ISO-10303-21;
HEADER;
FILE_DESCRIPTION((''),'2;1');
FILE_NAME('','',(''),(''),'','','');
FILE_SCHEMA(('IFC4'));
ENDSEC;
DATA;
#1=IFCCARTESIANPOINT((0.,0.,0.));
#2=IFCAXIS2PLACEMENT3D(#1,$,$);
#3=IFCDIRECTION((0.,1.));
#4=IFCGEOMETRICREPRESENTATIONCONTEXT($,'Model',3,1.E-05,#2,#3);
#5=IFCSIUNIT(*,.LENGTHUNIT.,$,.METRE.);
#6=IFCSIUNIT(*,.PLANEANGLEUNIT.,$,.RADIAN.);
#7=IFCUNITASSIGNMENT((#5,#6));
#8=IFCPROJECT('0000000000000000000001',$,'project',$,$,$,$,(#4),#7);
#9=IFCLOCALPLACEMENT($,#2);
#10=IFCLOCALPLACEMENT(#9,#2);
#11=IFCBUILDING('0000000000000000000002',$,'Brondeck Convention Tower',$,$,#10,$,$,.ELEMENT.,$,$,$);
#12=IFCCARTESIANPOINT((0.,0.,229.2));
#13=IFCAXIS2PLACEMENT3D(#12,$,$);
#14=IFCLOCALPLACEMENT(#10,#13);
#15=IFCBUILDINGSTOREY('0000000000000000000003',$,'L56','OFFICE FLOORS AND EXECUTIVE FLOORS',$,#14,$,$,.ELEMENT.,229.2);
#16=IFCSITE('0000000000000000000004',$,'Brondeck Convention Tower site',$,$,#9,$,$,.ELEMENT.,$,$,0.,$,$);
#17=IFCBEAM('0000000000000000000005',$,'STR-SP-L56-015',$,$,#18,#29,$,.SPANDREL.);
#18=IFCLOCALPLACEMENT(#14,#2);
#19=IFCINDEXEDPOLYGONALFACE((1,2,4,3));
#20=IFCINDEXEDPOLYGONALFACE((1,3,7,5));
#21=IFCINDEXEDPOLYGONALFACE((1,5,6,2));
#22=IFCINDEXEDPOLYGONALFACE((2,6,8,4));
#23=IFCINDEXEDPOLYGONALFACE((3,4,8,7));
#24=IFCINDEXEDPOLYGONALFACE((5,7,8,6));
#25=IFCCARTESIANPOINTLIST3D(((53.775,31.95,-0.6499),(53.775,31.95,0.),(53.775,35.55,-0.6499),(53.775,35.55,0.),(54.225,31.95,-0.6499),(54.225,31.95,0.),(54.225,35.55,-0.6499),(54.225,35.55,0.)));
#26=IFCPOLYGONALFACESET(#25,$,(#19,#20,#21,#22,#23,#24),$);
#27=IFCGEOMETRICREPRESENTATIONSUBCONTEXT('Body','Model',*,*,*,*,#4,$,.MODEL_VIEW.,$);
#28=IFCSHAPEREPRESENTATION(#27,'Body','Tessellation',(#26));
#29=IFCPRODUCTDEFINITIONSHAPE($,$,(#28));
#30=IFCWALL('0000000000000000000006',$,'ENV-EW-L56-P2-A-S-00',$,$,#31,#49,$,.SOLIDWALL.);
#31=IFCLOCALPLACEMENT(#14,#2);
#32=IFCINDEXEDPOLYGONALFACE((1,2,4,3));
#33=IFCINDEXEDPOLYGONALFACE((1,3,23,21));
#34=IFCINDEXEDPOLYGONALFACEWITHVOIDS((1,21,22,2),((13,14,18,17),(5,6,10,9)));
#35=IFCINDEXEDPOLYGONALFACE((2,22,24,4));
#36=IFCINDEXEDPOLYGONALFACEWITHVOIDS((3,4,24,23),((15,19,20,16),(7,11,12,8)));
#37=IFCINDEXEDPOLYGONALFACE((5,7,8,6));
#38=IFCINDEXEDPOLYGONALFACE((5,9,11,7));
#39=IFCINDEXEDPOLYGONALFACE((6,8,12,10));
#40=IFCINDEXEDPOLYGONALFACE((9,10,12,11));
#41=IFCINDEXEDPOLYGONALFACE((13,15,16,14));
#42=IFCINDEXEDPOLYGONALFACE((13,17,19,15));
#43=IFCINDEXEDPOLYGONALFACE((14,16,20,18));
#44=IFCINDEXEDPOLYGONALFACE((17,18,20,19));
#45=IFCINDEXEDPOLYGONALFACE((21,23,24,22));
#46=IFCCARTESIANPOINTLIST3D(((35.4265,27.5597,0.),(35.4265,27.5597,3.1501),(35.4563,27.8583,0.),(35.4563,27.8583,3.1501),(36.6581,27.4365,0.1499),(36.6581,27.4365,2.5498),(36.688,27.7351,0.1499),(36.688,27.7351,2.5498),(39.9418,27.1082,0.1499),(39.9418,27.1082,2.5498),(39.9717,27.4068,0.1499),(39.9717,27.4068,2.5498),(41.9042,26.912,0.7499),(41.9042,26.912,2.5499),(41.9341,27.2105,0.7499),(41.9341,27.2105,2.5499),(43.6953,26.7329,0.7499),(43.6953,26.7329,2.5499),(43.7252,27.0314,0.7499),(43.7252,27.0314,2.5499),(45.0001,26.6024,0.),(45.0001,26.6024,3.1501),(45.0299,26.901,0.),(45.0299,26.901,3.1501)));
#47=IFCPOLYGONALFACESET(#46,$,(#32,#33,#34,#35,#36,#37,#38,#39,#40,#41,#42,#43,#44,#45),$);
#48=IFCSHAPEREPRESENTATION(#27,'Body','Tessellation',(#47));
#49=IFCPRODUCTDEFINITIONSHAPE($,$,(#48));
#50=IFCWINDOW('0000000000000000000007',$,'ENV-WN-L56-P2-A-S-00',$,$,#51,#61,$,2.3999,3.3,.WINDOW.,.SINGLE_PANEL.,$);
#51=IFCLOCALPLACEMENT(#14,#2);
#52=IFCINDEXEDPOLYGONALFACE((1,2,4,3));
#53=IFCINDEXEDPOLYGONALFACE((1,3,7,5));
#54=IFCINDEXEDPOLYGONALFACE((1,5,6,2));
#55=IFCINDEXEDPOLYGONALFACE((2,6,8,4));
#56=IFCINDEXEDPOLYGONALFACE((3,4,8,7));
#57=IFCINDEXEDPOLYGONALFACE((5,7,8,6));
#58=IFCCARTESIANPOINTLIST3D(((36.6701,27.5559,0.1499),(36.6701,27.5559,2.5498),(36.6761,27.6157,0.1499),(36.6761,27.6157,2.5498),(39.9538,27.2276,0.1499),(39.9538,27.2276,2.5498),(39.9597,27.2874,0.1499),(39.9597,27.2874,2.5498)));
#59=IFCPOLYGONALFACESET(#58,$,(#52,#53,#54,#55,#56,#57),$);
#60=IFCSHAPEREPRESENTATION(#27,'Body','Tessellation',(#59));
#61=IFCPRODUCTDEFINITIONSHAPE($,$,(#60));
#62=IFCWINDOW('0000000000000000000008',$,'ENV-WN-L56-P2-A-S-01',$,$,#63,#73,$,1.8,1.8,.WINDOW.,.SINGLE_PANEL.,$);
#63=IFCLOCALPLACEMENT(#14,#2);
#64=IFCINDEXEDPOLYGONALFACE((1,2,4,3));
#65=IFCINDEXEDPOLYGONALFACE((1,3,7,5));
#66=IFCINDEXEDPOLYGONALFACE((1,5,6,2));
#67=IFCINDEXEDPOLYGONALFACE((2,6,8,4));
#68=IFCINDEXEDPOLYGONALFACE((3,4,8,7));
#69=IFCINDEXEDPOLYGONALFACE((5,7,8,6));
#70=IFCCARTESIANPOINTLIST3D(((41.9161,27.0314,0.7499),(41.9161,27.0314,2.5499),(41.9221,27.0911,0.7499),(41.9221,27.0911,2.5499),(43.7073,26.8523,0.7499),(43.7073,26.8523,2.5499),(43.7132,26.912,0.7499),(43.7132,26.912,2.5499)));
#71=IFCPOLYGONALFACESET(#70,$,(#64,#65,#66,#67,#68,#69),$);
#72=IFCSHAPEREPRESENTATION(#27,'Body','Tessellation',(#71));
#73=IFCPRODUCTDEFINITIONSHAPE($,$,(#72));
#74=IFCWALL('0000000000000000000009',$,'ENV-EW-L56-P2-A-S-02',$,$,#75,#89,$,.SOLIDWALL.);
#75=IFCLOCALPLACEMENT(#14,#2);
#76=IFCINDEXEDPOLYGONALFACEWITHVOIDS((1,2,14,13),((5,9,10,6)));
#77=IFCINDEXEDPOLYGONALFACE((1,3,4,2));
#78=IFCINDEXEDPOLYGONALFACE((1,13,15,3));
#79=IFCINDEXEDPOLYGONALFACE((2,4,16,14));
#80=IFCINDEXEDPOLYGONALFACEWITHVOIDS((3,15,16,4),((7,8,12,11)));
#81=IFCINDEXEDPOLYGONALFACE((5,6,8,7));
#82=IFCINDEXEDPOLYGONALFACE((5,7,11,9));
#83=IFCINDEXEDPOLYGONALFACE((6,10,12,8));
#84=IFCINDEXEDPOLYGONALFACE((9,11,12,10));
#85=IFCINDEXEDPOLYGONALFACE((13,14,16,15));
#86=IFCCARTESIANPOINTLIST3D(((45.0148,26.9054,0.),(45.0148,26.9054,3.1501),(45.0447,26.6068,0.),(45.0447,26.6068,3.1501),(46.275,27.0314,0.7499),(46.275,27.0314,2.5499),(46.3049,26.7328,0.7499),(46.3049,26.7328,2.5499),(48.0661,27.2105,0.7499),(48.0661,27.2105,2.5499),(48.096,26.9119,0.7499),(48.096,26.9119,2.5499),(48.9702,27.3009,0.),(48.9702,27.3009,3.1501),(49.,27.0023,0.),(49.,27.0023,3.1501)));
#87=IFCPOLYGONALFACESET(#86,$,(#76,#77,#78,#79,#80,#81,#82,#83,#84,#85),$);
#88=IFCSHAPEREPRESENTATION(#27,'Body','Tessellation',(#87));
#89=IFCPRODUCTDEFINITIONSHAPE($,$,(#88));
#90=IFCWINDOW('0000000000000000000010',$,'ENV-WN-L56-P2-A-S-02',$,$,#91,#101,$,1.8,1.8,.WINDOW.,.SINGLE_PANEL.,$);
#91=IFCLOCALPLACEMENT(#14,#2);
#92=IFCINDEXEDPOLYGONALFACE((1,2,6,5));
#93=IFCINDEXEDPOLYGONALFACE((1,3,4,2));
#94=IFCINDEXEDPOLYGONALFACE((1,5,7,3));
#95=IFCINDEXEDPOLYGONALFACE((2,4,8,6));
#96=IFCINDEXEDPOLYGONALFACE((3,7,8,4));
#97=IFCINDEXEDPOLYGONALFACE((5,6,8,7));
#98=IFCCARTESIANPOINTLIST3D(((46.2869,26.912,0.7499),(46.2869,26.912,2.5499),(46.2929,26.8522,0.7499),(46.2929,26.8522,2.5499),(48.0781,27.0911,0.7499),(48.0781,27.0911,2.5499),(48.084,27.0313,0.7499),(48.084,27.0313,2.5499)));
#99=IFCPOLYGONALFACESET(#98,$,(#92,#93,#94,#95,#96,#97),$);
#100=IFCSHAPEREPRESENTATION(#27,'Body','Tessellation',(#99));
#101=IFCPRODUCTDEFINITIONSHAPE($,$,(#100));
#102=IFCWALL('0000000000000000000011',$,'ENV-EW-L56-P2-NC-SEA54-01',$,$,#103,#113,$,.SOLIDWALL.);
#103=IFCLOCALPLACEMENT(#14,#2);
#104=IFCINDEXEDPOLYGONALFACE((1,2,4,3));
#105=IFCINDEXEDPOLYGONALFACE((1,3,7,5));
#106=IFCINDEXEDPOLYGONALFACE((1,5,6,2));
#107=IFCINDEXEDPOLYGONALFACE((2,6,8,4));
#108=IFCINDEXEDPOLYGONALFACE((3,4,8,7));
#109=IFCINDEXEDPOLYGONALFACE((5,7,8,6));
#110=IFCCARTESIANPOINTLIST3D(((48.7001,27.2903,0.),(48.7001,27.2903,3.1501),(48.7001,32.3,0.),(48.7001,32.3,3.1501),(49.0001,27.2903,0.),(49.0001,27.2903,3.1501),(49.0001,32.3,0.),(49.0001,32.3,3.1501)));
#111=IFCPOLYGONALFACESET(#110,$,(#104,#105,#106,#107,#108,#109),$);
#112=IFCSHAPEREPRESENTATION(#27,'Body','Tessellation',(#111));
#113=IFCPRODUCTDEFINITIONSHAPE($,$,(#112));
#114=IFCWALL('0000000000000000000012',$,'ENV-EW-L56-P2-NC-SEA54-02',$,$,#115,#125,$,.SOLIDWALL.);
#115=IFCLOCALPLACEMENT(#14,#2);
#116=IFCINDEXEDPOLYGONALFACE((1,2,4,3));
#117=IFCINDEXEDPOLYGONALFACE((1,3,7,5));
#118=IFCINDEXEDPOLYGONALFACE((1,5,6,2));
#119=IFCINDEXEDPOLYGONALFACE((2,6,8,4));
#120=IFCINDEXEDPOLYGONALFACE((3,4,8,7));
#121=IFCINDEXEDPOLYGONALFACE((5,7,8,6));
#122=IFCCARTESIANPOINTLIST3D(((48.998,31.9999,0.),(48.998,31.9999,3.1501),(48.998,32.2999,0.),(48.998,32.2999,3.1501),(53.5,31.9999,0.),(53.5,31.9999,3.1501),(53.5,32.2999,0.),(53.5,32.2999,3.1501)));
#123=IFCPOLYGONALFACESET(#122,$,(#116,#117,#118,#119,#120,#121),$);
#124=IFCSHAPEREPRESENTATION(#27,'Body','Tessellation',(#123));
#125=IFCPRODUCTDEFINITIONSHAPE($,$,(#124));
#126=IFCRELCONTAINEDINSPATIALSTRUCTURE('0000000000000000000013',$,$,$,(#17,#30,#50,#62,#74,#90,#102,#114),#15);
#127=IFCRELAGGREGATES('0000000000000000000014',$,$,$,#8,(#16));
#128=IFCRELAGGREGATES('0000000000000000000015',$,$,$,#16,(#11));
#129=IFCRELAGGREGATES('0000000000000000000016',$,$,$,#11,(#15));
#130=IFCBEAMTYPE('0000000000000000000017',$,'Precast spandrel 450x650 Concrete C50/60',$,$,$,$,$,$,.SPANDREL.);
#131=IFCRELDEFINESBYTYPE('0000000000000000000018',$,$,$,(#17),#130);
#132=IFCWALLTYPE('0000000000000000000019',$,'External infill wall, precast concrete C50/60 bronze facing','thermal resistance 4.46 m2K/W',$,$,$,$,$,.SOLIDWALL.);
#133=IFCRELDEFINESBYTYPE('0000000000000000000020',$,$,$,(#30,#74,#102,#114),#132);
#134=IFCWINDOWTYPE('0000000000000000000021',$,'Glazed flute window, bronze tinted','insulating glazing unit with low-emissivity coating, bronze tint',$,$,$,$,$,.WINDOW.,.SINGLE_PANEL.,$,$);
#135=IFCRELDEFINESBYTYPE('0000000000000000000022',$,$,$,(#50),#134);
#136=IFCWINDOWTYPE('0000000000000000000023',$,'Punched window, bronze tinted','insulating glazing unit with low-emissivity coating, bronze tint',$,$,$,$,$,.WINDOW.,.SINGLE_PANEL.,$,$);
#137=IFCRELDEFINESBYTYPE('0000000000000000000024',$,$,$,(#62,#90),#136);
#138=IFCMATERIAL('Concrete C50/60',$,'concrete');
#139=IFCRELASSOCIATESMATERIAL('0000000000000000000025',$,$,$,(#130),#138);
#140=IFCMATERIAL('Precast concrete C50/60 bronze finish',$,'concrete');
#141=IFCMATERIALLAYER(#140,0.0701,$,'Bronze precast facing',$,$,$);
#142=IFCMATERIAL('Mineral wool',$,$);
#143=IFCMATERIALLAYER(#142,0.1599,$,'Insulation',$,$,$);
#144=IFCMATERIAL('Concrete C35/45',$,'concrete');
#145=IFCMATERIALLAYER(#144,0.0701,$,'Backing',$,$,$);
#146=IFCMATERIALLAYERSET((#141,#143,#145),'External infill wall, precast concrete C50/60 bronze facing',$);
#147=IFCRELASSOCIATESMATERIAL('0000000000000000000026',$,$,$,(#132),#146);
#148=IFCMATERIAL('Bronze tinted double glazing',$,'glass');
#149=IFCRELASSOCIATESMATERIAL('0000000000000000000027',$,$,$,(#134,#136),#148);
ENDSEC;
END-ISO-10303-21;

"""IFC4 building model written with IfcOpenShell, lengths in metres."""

from ifc_helpers import new_model, si_unit, direction, frame, frame_2d, origin, origin_2d, place, context, subcontext, project, spatial, rectangle, extrude, material, layer, layer_set, material_profile, profile_set, type_object, element, fill, save


model = new_model("IFC4")

# Units and contexts
model_context = context("Model", 3, precision=1e-05, world=origin(), true_north=direction((0.0, 1.0)))
body_context = subcontext(model_context, "Body", "Model", "MODEL_VIEW")
ifc_project = project(units=[si_unit("LENGTHUNIT", "METRE"), si_unit("PLANEANGLEUNIT", "RADIAN")], contexts=[model_context])

# Site, building, storey
site_placement = place(None, origin())
site = spatial("IfcSite", under=ifc_project, at=site_placement, Name="Brondeck Convention Tower site", CompositionType="ELEMENT", RefElevation=0.0)
building_placement = place(site_placement, origin())
building = spatial("IfcBuilding", under=site, at=building_placement, Name="Brondeck Convention Tower", CompositionType="ELEMENT")
storey_placement = place(building_placement, frame((0.0, 0.0, 229.2)))
storey = spatial("IfcBuildingStorey", under=building, at=storey_placement, Name="L56", Description="OFFICE FLOORS AND EXECUTIVE FLOORS", CompositionType="ELEMENT", Elevation=229.2)

# Shared definitions
ifc_material_1 = material(Name="Concrete C50/60", Category="concrete")

# Beam
ifc_material_profile_1 = material_profile(ifc_material_1, rectangle(XDim=0.45, YDim=0.6499, at=origin_2d()), Name="Precast spandrel 450x650 Concrete C50/60")
ifc_profile_set_1 = profile_set([ifc_material_profile_1], Name="Concrete C50/60")
beam_type_1 = type_object("IfcBeamType", Name="Precast spandrel 450x650 Concrete C50/60", PredefinedType="SPANDREL", material=ifc_profile_set_1)
beam_1_placement = place(storey_placement, frame((54.0, 31.95, -0.325), z_axis=(0.0, 1.0, 0.0), x_axis=(-1.0, 0.0, 0.0)))
element("IfcBeam", 1, at=beam_1_placement, inside=storey, type_object=beam_type_1, Name="STR-SP-L56-015", PredefinedType="SPANDREL", context=body_context, shape_type="SweptSolid", body=[
    extrude(rectangle(XDim=0.45, YDim=0.6499, at=origin_2d()), origin(), (0.0, 0.0, 1.0), 3.6001),
])

# Wall, openings, windows
ifc_material_2 = material(Name="Precast concrete C50/60 bronze finish", Category="concrete")
ifc_layer_1 = layer(ifc_material_2, 0.0701, Name="Bronze precast facing")
ifc_material_3 = material(Name="Mineral wool")
ifc_layer_2 = layer(ifc_material_3, 0.1599, Name="Insulation")
ifc_material_4 = material(Name="Concrete C35/45", Category="concrete")
ifc_layer_3 = layer(ifc_material_4, 0.0701, Name="Backing")
ifc_layer_set = layer_set([ifc_layer_1, ifc_layer_2, ifc_layer_3], Name="External infill wall, precast concrete C50/60 bronze facing")
wall_type = type_object("IfcWallType", Name="External infill wall, precast concrete C50/60 bronze facing", Description="thermal resistance 4.46 m2K/W", PredefinedType="SOLIDWALL", material=ifc_layer_set)
wall_1_placement = place(storey_placement, frame((45.0149, 26.7517, 0.0), z_axis=(0.0, 0.0, 1.0), x_axis=(-0.995038, 0.099496, 0.0)))
wall_1 = element("IfcWall", 2, at=wall_1_placement, inside=storey, type_object=wall_type, Name="ENV-EW-L56-P2-A-S-00", PredefinedType="SOLIDWALL", context=body_context, shape_type="SweptSolid", body=[
    extrude(rectangle(XDim=9.6213, YDim=0.3, at=frame_2d((4.8105, 0.0))), origin(), (0.0, 0.0, 1.0), 3.1501),
])
opening_1_placement = place(wall_1_placement, frame((1.3113, 0.0, 0.75)))
opening_1 = element("IfcOpeningElement", 3, at=opening_1_placement, cuts=wall_1, PredefinedType="OPENING", context=body_context, shape_type="SweptSolid", body=[
    extrude(rectangle(XDim=1.8, YDim=1.8, at=frame_2d((0.8999, 0.8999))), frame((0.0, 0.1599, 0.0), z_axis=(0.0, -1.0, 0.0), x_axis=(1.0, 0.0, 0.0)), (0.0, 0.0, 1.0), 0.3201),
])
opening_2_placement = place(wall_1_placement, frame((5.0835, 0.0, 0.1499)))
opening_2 = element("IfcOpeningElement", 4, at=opening_2_placement, cuts=wall_1, PredefinedType="OPENING", context=body_context, shape_type="SweptSolid", body=[
    extrude(rectangle(XDim=3.3, YDim=2.3999, at=frame_2d((1.6499, 1.2))), frame((0.0, 0.1599, 0.0), z_axis=(0.0, -1.0, 0.0), x_axis=(1.0, 0.0, 0.0)), (0.0, 0.0, 1.0), 0.3201),
])
ifc_material_5 = material(Name="Bronze tinted double glazing", Category="glass")
window_type_1 = type_object("IfcWindowType", Name="Glazed flute window, bronze tinted", Description="insulating glazing unit with low-emissivity coating, bronze tint", PartitioningType="SINGLE_PANEL", PredefinedType="WINDOW", material=ifc_material_5)
window_1_placement = place(opening_2_placement, origin())
window_1 = element("IfcWindow", 5, at=window_1_placement, inside=storey, type_object=window_type_1, Name="ENV-WN-L56-P2-A-S-00", OverallHeight=2.3999, OverallWidth=3.3, PartitioningType="SINGLE_PANEL", PredefinedType="WINDOW", context=body_context, shape_type="SweptSolid", body=[
    extrude(rectangle(XDim=3.3, YDim=2.3999, at=frame_2d((1.6499, 1.2))), frame((0.0, 0.03, 0.0), z_axis=(0.0, -1.0, 0.0), x_axis=(1.0, 0.0, 0.0)), (0.0, 0.0, 1.0), 0.0601),
])
fill(opening_2, window_1)
window_type_2 = type_object("IfcWindowType", Name="Punched window, bronze tinted", Description="insulating glazing unit with low-emissivity coating, bronze tint", PartitioningType="SINGLE_PANEL", PredefinedType="WINDOW", material=ifc_material_5)
window_2_placement = place(opening_1_placement, origin())
window_2 = element("IfcWindow", 6, at=window_2_placement, inside=storey, type_object=window_type_2, Name="ENV-WN-L56-P2-A-S-01", OverallHeight=1.8, OverallWidth=1.8, PartitioningType="SINGLE_PANEL", PredefinedType="WINDOW", context=body_context, shape_type="SweptSolid", body=[
    extrude(rectangle(XDim=1.8, YDim=1.8, at=frame_2d((0.8999, 0.8999))), frame((0.0, 0.03, 0.0), z_axis=(0.0, -1.0, 0.0), x_axis=(1.0, 0.0, 0.0)), (0.0, 0.0, 1.0), 0.0601),
])
fill(opening_1, window_2)

# Wall, opening, window
wall_2_placement = place(storey_placement, frame((48.9851, 27.1516, 0.0), z_axis=(0.0, 0.0, 1.0), x_axis=(-0.995038, -0.099498, 0.0)))
wall_2 = element("IfcWall", 7, at=wall_2_placement, inside=storey, type_object=wall_type, Name="ENV-EW-L56-P2-A-S-02", PredefinedType="SOLIDWALL", context=body_context, shape_type="SweptSolid", body=[
    extrude(rectangle(XDim=3.9751, YDim=0.3, at=frame_2d((1.9875, 0.0))), origin(), (0.0, 0.0, 1.0), 3.1501),
])
opening_3_placement = place(wall_2_placement, frame((0.9087, 0.0, 0.75)))
opening_3 = element("IfcOpeningElement", 8, at=opening_3_placement, cuts=wall_2, PredefinedType="OPENING", context=body_context, shape_type="SweptSolid", body=[
    extrude(rectangle(XDim=1.8, YDim=1.8, at=frame_2d((0.8999, 0.8999))), frame((0.0, 0.1599, 0.0), z_axis=(0.0, -1.0, 0.0), x_axis=(1.0, 0.0, 0.0)), (0.0, 0.0, 1.0), 0.3201),
])
window_3_placement = place(opening_3_placement, origin())
window_3 = element("IfcWindow", 9, at=window_3_placement, inside=storey, type_object=window_type_2, Name="ENV-WN-L56-P2-A-S-02", OverallHeight=1.8, OverallWidth=1.8, PartitioningType="SINGLE_PANEL", PredefinedType="WINDOW", context=body_context, shape_type="SweptSolid", body=[
    extrude(rectangle(XDim=1.8, YDim=1.8, at=frame_2d((0.8999, 0.8999))), frame((0.0, 0.03, 0.0), z_axis=(0.0, -1.0, 0.0), x_axis=(1.0, 0.0, 0.0)), (0.0, 0.0, 1.0), 0.0601),
])
fill(opening_3, window_3)

# Walls
wall_3_placement = place(storey_placement, frame((48.8501, 32.3, 0.0), z_axis=(0.0, 0.0, 1.0), x_axis=(0.0, -1.0, 0.0)))
element("IfcWall", 10, at=wall_3_placement, inside=storey, type_object=wall_type, Name="ENV-EW-L56-P2-NC-SEA54-01", PredefinedType="SOLIDWALL", context=body_context, shape_type="SweptSolid", body=[
    extrude(rectangle(XDim=5.0098, YDim=0.3, at=frame_2d((2.5049, 0.0))), origin(), (0.0, 0.0, 1.0), 3.1501),
])
wall_4_placement = place(storey_placement, frame((53.5, 32.1499, 0.0), z_axis=(0.0, 0.0, 1.0), x_axis=(-1.0, 0.0, 0.0)))
element("IfcWall", 11, at=wall_4_placement, inside=storey, type_object=wall_type, Name="ENV-EW-L56-P2-NC-SEA54-02", PredefinedType="SOLIDWALL", context=body_context, shape_type="SweptSolid", body=[
    extrude(rectangle(XDim=4.502, YDim=0.3, at=frame_2d((2.251, 0.0))), origin(), (0.0, 0.0, 1.0), 3.1501),
])

save(model, "model.ifc")
